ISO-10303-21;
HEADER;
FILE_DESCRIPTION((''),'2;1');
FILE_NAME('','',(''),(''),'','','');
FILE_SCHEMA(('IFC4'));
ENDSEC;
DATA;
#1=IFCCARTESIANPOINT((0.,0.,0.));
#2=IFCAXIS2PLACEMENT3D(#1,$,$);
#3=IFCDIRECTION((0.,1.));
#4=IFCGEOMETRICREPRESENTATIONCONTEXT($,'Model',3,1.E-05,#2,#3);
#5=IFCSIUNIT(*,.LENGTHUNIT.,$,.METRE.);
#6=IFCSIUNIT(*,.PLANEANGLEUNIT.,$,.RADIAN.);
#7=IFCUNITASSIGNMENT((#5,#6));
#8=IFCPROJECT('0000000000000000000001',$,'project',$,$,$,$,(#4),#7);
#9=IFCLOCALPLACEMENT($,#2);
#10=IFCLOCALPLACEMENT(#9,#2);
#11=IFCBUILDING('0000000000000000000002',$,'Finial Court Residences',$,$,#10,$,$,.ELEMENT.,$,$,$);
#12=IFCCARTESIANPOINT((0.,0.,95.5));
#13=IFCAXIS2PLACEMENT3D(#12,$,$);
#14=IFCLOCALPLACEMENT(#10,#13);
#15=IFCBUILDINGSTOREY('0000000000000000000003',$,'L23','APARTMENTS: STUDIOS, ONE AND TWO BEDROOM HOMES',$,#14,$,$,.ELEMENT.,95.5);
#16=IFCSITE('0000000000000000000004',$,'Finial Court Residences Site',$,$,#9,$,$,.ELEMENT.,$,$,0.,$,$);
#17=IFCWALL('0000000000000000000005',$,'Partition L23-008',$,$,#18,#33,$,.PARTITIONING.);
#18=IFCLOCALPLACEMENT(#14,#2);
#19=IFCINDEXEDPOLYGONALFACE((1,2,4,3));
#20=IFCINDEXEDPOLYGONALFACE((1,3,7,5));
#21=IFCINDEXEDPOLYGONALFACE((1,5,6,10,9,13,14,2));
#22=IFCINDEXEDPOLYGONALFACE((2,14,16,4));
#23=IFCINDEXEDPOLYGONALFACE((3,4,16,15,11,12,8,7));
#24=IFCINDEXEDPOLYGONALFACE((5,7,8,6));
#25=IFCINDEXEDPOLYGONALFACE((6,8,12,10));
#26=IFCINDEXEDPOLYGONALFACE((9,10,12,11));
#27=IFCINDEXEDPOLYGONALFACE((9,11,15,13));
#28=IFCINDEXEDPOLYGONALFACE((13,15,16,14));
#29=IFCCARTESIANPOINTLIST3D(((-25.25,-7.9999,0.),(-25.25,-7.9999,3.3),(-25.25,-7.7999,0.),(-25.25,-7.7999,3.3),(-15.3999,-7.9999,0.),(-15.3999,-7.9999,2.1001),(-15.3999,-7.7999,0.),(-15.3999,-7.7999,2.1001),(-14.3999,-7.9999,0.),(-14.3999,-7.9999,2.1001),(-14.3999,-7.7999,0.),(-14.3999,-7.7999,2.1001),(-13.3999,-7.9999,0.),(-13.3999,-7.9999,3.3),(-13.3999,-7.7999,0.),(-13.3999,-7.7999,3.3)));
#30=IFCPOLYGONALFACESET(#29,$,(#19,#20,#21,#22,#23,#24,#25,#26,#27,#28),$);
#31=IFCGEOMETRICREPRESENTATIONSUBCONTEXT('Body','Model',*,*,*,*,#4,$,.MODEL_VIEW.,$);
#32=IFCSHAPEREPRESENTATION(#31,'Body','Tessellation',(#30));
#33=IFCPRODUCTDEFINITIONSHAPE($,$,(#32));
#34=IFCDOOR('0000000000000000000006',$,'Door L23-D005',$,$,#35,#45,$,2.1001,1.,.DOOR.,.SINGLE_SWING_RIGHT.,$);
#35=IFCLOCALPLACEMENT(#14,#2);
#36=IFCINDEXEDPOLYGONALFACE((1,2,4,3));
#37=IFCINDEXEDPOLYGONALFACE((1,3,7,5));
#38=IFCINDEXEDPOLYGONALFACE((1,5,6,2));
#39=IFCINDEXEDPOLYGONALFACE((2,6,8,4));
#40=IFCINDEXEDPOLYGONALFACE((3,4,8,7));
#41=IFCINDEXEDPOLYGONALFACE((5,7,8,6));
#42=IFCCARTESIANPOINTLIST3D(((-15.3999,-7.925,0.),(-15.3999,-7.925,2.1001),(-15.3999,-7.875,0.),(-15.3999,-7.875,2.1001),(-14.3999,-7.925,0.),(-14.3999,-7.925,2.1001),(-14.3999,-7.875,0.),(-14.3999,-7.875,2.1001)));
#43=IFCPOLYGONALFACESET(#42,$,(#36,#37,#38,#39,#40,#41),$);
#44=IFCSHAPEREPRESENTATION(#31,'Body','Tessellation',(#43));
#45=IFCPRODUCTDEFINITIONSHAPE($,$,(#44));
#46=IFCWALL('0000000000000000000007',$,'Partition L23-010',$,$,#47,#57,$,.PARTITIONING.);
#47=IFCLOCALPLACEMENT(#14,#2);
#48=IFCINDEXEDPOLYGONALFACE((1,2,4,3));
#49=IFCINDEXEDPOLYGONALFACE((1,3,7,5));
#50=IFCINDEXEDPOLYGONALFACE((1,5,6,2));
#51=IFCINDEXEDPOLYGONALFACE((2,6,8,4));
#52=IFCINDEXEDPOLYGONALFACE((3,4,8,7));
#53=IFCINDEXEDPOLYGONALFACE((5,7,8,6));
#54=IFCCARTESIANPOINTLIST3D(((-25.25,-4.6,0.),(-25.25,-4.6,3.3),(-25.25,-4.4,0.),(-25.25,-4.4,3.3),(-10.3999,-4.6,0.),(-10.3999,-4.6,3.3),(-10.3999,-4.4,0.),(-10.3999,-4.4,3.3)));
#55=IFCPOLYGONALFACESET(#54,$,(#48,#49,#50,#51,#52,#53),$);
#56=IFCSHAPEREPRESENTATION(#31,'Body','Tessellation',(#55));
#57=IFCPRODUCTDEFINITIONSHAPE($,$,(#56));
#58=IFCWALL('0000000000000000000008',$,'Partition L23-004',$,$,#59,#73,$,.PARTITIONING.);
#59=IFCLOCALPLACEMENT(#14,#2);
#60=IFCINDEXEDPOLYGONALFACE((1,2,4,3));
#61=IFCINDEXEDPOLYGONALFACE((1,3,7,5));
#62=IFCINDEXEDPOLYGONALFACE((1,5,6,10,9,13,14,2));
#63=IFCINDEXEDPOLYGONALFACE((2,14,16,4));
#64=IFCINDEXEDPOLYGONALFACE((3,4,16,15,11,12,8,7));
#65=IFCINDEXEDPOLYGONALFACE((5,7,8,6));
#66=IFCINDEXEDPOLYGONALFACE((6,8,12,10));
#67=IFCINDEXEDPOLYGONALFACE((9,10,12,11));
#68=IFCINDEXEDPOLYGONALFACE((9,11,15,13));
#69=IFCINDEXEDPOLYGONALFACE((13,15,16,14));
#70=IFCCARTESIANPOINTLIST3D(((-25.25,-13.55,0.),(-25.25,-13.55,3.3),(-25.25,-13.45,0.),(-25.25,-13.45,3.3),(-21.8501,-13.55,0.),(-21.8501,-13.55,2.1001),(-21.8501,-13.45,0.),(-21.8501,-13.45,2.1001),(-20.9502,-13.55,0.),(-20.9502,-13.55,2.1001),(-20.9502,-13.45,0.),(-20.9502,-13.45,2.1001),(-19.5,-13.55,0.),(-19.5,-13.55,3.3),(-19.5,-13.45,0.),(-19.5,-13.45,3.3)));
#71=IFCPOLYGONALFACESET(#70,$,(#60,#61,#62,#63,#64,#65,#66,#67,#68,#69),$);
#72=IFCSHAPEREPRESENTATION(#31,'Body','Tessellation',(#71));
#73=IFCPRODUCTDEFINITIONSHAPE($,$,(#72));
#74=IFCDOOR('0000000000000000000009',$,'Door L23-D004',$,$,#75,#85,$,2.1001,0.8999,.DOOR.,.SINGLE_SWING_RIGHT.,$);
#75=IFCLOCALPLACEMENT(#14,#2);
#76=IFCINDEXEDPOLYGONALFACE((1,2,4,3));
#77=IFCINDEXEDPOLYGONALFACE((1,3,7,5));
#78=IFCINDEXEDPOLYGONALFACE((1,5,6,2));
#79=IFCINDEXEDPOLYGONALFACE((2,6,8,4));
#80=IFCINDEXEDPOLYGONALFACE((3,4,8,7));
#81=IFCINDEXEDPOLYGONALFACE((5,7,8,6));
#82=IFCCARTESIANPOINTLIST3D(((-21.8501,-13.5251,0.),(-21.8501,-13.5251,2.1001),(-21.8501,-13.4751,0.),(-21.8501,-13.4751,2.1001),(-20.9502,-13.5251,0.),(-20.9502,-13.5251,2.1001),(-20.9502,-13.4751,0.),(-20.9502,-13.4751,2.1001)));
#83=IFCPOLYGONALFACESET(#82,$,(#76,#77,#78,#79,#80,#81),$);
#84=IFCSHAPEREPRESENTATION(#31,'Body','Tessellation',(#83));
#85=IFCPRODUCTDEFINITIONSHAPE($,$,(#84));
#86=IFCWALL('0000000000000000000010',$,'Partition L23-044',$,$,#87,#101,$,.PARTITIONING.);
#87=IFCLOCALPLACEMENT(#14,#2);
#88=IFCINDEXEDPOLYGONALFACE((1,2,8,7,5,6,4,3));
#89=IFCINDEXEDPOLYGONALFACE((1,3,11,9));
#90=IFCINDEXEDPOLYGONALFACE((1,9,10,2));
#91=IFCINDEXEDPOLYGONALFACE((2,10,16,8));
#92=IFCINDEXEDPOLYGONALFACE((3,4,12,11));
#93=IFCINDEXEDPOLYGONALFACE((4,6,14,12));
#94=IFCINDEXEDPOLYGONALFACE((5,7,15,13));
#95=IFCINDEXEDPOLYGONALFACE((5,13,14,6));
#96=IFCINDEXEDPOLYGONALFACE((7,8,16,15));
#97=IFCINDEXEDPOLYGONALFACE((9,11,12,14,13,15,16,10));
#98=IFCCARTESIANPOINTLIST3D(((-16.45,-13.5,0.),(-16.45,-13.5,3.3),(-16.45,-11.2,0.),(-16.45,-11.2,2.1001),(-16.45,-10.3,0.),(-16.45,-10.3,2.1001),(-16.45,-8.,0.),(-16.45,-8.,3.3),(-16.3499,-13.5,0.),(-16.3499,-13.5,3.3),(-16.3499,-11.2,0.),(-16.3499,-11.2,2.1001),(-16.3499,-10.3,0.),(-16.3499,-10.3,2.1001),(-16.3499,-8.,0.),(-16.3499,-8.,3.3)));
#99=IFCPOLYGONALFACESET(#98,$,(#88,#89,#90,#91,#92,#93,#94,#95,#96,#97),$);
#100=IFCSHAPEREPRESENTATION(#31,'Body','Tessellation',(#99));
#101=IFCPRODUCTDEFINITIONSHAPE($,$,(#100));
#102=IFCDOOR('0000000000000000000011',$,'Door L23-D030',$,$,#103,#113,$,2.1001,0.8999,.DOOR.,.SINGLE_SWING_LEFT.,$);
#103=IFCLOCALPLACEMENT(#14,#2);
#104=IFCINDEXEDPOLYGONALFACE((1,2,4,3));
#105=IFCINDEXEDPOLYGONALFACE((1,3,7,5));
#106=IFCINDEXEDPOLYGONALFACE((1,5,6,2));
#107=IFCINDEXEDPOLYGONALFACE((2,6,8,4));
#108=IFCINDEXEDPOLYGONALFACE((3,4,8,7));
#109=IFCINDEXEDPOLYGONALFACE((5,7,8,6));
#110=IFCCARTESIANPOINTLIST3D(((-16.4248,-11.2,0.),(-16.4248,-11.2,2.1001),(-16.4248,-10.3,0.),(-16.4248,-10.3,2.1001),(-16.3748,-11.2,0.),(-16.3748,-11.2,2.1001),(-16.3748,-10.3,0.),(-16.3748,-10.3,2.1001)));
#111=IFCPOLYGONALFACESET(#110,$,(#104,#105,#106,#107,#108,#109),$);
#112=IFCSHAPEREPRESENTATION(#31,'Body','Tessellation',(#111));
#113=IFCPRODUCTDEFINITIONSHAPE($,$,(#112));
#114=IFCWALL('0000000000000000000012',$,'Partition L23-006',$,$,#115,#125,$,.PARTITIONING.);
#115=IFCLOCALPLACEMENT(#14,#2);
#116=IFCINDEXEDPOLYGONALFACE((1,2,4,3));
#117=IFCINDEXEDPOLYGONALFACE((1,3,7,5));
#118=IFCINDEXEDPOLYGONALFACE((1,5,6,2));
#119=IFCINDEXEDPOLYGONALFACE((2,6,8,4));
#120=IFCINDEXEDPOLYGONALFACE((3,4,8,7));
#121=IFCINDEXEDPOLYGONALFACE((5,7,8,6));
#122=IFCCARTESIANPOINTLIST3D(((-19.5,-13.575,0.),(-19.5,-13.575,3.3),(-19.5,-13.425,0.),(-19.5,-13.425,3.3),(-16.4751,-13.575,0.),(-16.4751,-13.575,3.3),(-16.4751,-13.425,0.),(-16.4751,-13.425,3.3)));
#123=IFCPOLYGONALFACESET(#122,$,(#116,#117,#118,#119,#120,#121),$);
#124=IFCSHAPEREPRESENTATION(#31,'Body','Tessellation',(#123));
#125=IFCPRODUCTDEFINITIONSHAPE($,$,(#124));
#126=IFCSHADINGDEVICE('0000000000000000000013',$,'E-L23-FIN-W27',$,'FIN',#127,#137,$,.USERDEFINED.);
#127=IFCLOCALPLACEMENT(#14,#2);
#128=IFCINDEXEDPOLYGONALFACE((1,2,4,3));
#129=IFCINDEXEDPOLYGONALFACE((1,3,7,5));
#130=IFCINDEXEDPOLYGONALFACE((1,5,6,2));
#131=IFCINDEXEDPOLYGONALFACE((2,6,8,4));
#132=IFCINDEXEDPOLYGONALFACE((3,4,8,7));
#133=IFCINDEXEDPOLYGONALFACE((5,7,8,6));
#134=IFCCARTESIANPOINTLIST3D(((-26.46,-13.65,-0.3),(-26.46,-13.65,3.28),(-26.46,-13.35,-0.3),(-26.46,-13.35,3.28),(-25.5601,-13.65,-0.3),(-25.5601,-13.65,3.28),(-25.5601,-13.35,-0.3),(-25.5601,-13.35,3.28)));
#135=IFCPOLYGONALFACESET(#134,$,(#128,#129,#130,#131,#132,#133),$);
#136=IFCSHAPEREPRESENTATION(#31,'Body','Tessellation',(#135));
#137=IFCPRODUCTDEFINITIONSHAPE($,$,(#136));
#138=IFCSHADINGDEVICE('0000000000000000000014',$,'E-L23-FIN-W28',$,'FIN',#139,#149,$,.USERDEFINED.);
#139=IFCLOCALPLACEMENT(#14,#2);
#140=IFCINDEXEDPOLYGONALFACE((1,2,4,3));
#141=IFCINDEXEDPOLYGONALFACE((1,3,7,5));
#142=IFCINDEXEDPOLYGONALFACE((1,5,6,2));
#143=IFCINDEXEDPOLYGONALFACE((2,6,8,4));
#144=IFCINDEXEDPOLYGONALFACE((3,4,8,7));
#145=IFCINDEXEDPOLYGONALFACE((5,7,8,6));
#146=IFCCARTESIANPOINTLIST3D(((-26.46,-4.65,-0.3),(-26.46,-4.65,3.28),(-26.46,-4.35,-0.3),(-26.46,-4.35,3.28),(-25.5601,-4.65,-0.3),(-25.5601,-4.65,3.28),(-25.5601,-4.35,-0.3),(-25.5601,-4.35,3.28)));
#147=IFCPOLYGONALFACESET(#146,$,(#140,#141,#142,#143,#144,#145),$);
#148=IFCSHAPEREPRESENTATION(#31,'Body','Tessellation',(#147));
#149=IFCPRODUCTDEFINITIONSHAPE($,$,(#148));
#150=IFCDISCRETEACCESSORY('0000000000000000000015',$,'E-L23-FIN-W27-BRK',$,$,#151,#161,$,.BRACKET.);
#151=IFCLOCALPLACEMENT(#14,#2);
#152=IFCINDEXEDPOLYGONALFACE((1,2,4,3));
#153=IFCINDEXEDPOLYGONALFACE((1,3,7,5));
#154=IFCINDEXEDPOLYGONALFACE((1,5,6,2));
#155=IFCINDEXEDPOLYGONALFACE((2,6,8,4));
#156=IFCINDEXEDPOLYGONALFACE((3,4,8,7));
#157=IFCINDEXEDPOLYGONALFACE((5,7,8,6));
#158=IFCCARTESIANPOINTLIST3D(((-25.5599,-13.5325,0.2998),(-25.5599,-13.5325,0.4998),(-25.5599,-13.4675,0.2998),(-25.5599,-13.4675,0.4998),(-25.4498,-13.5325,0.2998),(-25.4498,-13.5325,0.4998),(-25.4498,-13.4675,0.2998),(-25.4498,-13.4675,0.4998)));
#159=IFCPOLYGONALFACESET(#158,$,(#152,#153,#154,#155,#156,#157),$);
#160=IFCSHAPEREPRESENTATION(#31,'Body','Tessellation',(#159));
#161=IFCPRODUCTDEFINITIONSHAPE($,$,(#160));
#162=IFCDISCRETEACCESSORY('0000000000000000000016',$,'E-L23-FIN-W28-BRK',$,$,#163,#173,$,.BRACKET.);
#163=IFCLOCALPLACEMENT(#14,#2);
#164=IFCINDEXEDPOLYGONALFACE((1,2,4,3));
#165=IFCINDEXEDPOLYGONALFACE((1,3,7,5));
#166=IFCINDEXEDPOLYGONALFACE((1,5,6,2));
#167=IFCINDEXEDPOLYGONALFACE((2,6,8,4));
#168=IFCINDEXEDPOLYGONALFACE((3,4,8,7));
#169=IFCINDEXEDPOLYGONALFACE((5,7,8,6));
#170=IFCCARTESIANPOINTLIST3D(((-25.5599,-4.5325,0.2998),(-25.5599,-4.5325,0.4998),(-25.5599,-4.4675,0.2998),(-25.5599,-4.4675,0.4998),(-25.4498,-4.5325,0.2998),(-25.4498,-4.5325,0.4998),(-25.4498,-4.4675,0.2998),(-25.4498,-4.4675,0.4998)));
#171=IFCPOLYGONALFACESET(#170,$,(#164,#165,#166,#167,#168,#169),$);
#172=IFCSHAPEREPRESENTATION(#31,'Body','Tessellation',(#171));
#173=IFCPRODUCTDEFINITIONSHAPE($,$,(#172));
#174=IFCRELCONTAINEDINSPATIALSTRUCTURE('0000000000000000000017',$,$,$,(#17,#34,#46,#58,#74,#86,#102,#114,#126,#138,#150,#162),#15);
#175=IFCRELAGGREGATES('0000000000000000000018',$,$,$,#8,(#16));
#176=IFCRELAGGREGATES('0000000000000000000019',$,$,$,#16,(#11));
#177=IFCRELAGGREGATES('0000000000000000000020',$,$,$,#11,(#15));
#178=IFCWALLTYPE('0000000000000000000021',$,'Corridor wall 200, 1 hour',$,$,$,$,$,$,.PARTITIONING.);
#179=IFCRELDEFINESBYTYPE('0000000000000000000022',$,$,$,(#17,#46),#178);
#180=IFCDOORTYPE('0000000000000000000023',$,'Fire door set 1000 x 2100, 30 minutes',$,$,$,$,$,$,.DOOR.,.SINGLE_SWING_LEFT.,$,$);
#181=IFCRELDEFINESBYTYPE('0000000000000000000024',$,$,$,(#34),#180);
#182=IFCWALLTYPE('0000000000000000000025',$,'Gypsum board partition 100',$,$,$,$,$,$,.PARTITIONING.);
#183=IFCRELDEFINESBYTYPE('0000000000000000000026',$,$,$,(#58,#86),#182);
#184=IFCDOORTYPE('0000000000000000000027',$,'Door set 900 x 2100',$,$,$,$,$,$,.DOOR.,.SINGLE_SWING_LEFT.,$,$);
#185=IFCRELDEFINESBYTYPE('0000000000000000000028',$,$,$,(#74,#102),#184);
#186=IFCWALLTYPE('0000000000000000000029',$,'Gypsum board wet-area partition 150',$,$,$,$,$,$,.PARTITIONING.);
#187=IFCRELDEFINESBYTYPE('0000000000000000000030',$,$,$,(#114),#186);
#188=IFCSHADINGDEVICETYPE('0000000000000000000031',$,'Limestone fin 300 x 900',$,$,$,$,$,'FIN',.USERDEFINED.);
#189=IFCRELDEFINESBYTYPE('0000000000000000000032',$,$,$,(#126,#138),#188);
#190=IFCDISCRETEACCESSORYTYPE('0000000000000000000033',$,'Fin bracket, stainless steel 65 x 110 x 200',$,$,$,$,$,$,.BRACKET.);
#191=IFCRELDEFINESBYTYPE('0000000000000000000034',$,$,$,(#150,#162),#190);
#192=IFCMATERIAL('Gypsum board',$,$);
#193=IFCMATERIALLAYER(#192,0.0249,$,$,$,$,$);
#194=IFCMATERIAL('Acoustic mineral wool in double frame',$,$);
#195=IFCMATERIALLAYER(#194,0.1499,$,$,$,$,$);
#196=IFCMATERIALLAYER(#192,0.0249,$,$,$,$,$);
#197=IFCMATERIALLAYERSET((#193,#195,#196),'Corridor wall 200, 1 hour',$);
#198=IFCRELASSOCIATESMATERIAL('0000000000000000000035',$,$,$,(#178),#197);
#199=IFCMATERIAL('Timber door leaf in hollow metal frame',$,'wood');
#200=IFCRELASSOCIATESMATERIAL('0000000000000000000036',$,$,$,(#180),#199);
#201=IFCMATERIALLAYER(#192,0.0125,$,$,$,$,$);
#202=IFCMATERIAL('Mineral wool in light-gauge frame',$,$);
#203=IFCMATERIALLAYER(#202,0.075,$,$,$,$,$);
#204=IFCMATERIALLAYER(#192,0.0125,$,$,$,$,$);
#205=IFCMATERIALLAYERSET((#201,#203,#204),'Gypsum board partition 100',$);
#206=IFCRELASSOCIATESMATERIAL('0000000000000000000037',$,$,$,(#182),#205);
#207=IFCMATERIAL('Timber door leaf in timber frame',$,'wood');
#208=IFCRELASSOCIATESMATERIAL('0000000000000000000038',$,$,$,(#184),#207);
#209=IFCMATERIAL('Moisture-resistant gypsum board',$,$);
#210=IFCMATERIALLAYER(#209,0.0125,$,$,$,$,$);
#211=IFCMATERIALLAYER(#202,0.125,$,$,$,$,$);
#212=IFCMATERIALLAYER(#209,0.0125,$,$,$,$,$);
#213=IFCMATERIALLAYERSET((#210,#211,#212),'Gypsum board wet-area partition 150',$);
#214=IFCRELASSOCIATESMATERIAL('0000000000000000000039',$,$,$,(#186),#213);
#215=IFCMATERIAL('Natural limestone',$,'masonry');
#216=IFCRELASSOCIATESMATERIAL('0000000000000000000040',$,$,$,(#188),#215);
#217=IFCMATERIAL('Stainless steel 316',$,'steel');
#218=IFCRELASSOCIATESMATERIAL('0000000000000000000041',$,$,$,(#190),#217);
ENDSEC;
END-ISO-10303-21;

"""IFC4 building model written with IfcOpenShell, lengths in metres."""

from ifc_helpers import new_model, si_unit, direction, frame, frame_2d, origin, origin_2d, place, context, subcontext, project, spatial, rectangle, extrude, material, layer, layer_set, type_object, element, fill, save


model = new_model("IFC4")

# Units and contexts
model_context = context("Model", 3, precision=1e-05, world=origin(), true_north=direction((0.0, 1.0)))
body_context = subcontext(model_context, "Body", "Model", "MODEL_VIEW")
ifc_project = project(units=[si_unit("LENGTHUNIT", "METRE"), si_unit("PLANEANGLEUNIT", "RADIAN")], contexts=[model_context])

# Site, building, storey
site_placement = place(None, origin())
site = spatial("IfcSite", under=ifc_project, at=site_placement, Name="Finial Court Residences Site", CompositionType="ELEMENT", RefElevation=0.0)
building_placement = place(site_placement, origin())
building = spatial("IfcBuilding", under=site, at=building_placement, Name="Finial Court Residences", CompositionType="ELEMENT")
storey_placement = place(building_placement, frame((0.0, 0.0, 95.5)))
storey = spatial("IfcBuildingStorey", under=building, at=storey_placement, Name="L23", Description="APARTMENTS: STUDIOS, ONE AND TWO BEDROOM HOMES", CompositionType="ELEMENT", Elevation=95.5)

# Wall, opening, door
ifc_material_1 = material(Name="Gypsum board")
ifc_layer_1 = layer(ifc_material_1, 0.0249)
ifc_material_2 = material(Name="Acoustic mineral wool in double frame")
ifc_layer_2 = layer(ifc_material_2, 0.1499)
ifc_layer_3 = layer(ifc_material_1, 0.0249)
ifc_layer_set_1 = layer_set([ifc_layer_1, ifc_layer_2, ifc_layer_3], Name="Corridor wall 200, 1 hour")
wall_type_1 = type_object("IfcWallType", Name="Corridor wall 200, 1 hour", PredefinedType="PARTITIONING", material=ifc_layer_set_1)
wall_1_placement = place(storey_placement, frame((-25.25, -7.8999, 0.0), z_axis=(0.0, 0.0, 1.0), x_axis=(1.0, 0.0, 0.0)))
wall_1 = element("IfcWall", 1, at=wall_1_placement, inside=storey, type_object=wall_type_1, Name="Partition L23-008", PredefinedType="PARTITIONING", context=body_context, shape_type="SweptSolid", body=[
    extrude(rectangle(XDim=11.8501, YDim=0.2, at=frame_2d((5.925, 0.0))), origin(), (0.0, 0.0, 1.0), 3.3),
])
opening_1_placement = place(wall_1_placement, frame((9.8501, 0.0, 0.0)))
opening_1 = element("IfcOpeningElement", 2, at=opening_1_placement, cuts=wall_1, PredefinedType="OPENING", context=body_context, shape_type="SweptSolid", body=[
    extrude(rectangle(XDim=1.0, YDim=2.1001, at=frame_2d((0.5, 1.05))), frame((0.0, 0.1099, 0.0), z_axis=(0.0, -1.0, 0.0), x_axis=(1.0, 0.0, 0.0)), (0.0, 0.0, 1.0), 0.22),
])
ifc_material_3 = material(Name="Timber door leaf in hollow metal frame", Category="wood")
door_type_1 = type_object("IfcDoorType", Name="Fire door set 1000 x 2100, 30 minutes", OperationType="SINGLE_SWING_LEFT", PredefinedType="DOOR", material=ifc_material_3)
door_1_placement = place(opening_1_placement, origin())
door_1 = element("IfcDoor", 3, at=door_1_placement, inside=storey, type_object=door_type_1, Name="Door L23-D005", OperationType="SINGLE_SWING_RIGHT", OverallHeight=2.1001, OverallWidth=1.0, PredefinedType="DOOR", context=body_context, shape_type="SweptSolid", body=[
    extrude(rectangle(XDim=1.0, YDim=2.1001, at=frame_2d((0.5, 1.05))), frame((0.0, 0.0249, 0.0), z_axis=(0.0, -1.0, 0.0), x_axis=(1.0, 0.0, 0.0)), (0.0, 0.0, 1.0), 0.05),
])
fill(opening_1, door_1)

# Wall
wall_2_placement = place(storey_placement, frame((-25.25, -4.5, 0.0), z_axis=(0.0, 0.0, 1.0), x_axis=(1.0, 0.0, 0.0)))
element("IfcWall", 4, at=wall_2_placement, inside=storey, type_object=wall_type_1, Name="Partition L23-010", PredefinedType="PARTITIONING", context=body_context, shape_type="SweptSolid", body=[
    extrude(rectangle(XDim=14.8501, YDim=0.2, at=frame_2d((7.425, 0.0))), origin(), (0.0, 0.0, 1.0), 3.3),
])

# Walls, openings, doors
ifc_layer_4 = layer(ifc_material_1, 0.0125)
ifc_material_4 = material(Name="Mineral wool in light-gauge frame")
ifc_layer_5 = layer(ifc_material_4, 0.075)
ifc_layer_6 = layer(ifc_material_1, 0.0125)
ifc_layer_set_2 = layer_set([ifc_layer_4, ifc_layer_5, ifc_layer_6], Name="Gypsum board partition 100")
wall_type_2 = type_object("IfcWallType", Name="Gypsum board partition 100", PredefinedType="PARTITIONING", material=ifc_layer_set_2)
wall_3_placement = place(storey_placement, frame((-25.25, -13.5, 0.0), z_axis=(0.0, 0.0, 1.0), x_axis=(1.0, 0.0, 0.0)))
wall_3 = element("IfcWall", 5, at=wall_3_placement, inside=storey, type_object=wall_type_2, Name="Partition L23-004", PredefinedType="PARTITIONING", context=body_context, shape_type="SweptSolid", body=[
    extrude(rectangle(XDim=5.75, YDim=0.1001, at=frame_2d((2.875, 0.0))), origin(), (0.0, 0.0, 1.0), 3.3),
])
opening_2_placement = place(wall_3_placement, frame((3.3999, 0.0, 0.0)))
opening_2 = element("IfcOpeningElement", 6, at=opening_2_placement, cuts=wall_3, PredefinedType="OPENING", context=body_context, shape_type="SweptSolid", body=[
    extrude(rectangle(XDim=0.8999, YDim=2.1001, at=frame_2d((0.45, 1.05))), frame((0.0, 0.0601, 0.0), z_axis=(0.0, -1.0, 0.0), x_axis=(1.0, 0.0, 0.0)), (0.0, 0.0, 1.0), 0.1201),
])
ifc_material_5 = material(Name="Timber door leaf in timber frame", Category="wood")
door_type_2 = type_object("IfcDoorType", Name="Door set 900 x 2100", OperationType="SINGLE_SWING_LEFT", PredefinedType="DOOR", material=ifc_material_5)
door_2_placement = place(opening_2_placement, origin())
door_2 = element("IfcDoor", 7, at=door_2_placement, inside=storey, type_object=door_type_2, Name="Door L23-D004", OperationType="SINGLE_SWING_RIGHT", OverallHeight=2.1001, OverallWidth=0.8999, PredefinedType="DOOR", context=body_context, shape_type="SweptSolid", body=[
    extrude(rectangle(XDim=0.8999, YDim=2.1001, at=frame_2d((0.45, 1.05))), frame((0.0, 0.0249, 0.0), z_axis=(0.0, -1.0, 0.0), x_axis=(1.0, 0.0, 0.0)), (0.0, 0.0, 1.0), 0.05),
])
fill(opening_2, door_2)
wall_4_placement = place(storey_placement, frame((-16.3999, -13.5, 0.0), z_axis=(0.0, 0.0, 1.0), x_axis=(0.0, 1.0, 0.0)))
wall_4 = element("IfcWall", 8, at=wall_4_placement, inside=storey, type_object=wall_type_2, Name="Partition L23-044", PredefinedType="PARTITIONING", context=body_context, shape_type="SweptSolid", body=[
    extrude(rectangle(XDim=5.5, YDim=0.1001, at=frame_2d((2.75, 0.0))), origin(), (0.0, 0.0, 1.0), 3.3),
])
opening_3_placement = place(wall_4_placement, frame((2.3, 0.0, 0.0)))
opening_3 = element("IfcOpeningElement", 9, at=opening_3_placement, cuts=wall_4, PredefinedType="OPENING", context=body_context, shape_type="SweptSolid", body=[
    extrude(rectangle(XDim=0.8999, YDim=2.1001, at=frame_2d((0.45, 1.05))), frame((0.0, 0.0601, 0.0), z_axis=(0.0, -1.0, 0.0), x_axis=(1.0, 0.0, 0.0)), (0.0, 0.0, 1.0), 0.1201),
])
door_3_placement = place(opening_3_placement, origin())
door_3 = element("IfcDoor", 10, at=door_3_placement, inside=storey, type_object=door_type_2, Name="Door L23-D030", OperationType="SINGLE_SWING_LEFT", OverallHeight=2.1001, OverallWidth=0.8999, PredefinedType="DOOR", context=body_context, shape_type="SweptSolid", body=[
    extrude(rectangle(XDim=0.8999, YDim=2.1001, at=frame_2d((0.45, 1.05))), frame((0.0, 0.0249, 0.0), z_axis=(0.0, -1.0, 0.0), x_axis=(1.0, 0.0, 0.0)), (0.0, 0.0, 1.0), 0.05),
])
fill(opening_3, door_3)

# Wall
ifc_material_6 = material(Name="Moisture-resistant gypsum board")
ifc_layer_7 = layer(ifc_material_6, 0.0125)
ifc_layer_8 = layer(ifc_material_4, 0.125)
ifc_layer_9 = layer(ifc_material_6, 0.0125)
ifc_layer_set_3 = layer_set([ifc_layer_7, ifc_layer_8, ifc_layer_9], Name="Gypsum board wet-area partition 150")
wall_type_3 = type_object("IfcWallType", Name="Gypsum board wet-area partition 150", PredefinedType="PARTITIONING", material=ifc_layer_set_3)
wall_5_placement = place(storey_placement, frame((-19.5, -13.5, 0.0), z_axis=(0.0, 0.0, 1.0), x_axis=(1.0, 0.0, 0.0)))
element("IfcWall", 11, at=wall_5_placement, inside=storey, type_object=wall_type_3, Name="Partition L23-006", PredefinedType="PARTITIONING", context=body_context, shape_type="SweptSolid", body=[
    extrude(rectangle(XDim=3.0249, YDim=0.1499, at=frame_2d((1.5125, 0.0))), origin(), (0.0, 0.0, 1.0), 3.3),
])

# Shading devices
ifc_material_7 = material(Name="Natural limestone", Category="masonry")
shading_device_type = type_object("IfcShadingDeviceType", Name="Limestone fin 300 x 900", ElementType="FIN", PredefinedType="USERDEFINED", material=ifc_material_7)
for number, where, z_axis, x_axis, name in (
    (12, (-26.01, -13.5, -0.3), (0.0, 0.0, 1.0), (1.0, 0.0, 0.0), "E-L23-FIN-W27"),
    (13, (-26.01, -4.5, -0.3), (0.0, 0.0, 1.0), (1.0, 0.0, 0.0), "E-L23-FIN-W28"),
):
    element("IfcShadingDevice", number, at=place(storey_placement, frame(where, z_axis=z_axis, x_axis=x_axis)), inside=storey, type_object=shading_device_type, Name=name, ObjectType="FIN", PredefinedType="USERDEFINED", context=body_context, shape_type="SweptSolid", body=[
        extrude(rectangle(XDim=0.8999, YDim=0.3, at=origin_2d()), origin(), (0.0, 0.0, 1.0), 3.5801),
    ])

# Discrete accessories
ifc_material_8 = material(Name="Stainless steel 316", Category="steel")
discrete_accessory_type = type_object("IfcDiscreteAccessoryType", Name="Fin bracket, stainless steel 65 x 110 x 200", PredefinedType="BRACKET", material=ifc_material_8)
for number, where, z_axis, x_axis, name in (
    (14, (-25.5049, -13.5, 0.2998), (0.0, 0.0, 1.0), (1.0, 0.0, 0.0), "E-L23-FIN-W27-BRK"),
    (15, (-25.5049, -4.5, 0.2998), (0.0, 0.0, 1.0), (1.0, 0.0, 0.0), "E-L23-FIN-W28-BRK"),
):
    element("IfcDiscreteAccessory", number, at=place(storey_placement, frame(where, z_axis=z_axis, x_axis=x_axis)), inside=storey, type_object=discrete_accessory_type, Name=name, PredefinedType="BRACKET", context=body_context, shape_type="SweptSolid", body=[
        extrude(rectangle(XDim=0.1101, YDim=0.0649, at=origin_2d()), origin(), (0.0, 0.0, 1.0), 0.2),
    ])

save(model, "model.ifc")
